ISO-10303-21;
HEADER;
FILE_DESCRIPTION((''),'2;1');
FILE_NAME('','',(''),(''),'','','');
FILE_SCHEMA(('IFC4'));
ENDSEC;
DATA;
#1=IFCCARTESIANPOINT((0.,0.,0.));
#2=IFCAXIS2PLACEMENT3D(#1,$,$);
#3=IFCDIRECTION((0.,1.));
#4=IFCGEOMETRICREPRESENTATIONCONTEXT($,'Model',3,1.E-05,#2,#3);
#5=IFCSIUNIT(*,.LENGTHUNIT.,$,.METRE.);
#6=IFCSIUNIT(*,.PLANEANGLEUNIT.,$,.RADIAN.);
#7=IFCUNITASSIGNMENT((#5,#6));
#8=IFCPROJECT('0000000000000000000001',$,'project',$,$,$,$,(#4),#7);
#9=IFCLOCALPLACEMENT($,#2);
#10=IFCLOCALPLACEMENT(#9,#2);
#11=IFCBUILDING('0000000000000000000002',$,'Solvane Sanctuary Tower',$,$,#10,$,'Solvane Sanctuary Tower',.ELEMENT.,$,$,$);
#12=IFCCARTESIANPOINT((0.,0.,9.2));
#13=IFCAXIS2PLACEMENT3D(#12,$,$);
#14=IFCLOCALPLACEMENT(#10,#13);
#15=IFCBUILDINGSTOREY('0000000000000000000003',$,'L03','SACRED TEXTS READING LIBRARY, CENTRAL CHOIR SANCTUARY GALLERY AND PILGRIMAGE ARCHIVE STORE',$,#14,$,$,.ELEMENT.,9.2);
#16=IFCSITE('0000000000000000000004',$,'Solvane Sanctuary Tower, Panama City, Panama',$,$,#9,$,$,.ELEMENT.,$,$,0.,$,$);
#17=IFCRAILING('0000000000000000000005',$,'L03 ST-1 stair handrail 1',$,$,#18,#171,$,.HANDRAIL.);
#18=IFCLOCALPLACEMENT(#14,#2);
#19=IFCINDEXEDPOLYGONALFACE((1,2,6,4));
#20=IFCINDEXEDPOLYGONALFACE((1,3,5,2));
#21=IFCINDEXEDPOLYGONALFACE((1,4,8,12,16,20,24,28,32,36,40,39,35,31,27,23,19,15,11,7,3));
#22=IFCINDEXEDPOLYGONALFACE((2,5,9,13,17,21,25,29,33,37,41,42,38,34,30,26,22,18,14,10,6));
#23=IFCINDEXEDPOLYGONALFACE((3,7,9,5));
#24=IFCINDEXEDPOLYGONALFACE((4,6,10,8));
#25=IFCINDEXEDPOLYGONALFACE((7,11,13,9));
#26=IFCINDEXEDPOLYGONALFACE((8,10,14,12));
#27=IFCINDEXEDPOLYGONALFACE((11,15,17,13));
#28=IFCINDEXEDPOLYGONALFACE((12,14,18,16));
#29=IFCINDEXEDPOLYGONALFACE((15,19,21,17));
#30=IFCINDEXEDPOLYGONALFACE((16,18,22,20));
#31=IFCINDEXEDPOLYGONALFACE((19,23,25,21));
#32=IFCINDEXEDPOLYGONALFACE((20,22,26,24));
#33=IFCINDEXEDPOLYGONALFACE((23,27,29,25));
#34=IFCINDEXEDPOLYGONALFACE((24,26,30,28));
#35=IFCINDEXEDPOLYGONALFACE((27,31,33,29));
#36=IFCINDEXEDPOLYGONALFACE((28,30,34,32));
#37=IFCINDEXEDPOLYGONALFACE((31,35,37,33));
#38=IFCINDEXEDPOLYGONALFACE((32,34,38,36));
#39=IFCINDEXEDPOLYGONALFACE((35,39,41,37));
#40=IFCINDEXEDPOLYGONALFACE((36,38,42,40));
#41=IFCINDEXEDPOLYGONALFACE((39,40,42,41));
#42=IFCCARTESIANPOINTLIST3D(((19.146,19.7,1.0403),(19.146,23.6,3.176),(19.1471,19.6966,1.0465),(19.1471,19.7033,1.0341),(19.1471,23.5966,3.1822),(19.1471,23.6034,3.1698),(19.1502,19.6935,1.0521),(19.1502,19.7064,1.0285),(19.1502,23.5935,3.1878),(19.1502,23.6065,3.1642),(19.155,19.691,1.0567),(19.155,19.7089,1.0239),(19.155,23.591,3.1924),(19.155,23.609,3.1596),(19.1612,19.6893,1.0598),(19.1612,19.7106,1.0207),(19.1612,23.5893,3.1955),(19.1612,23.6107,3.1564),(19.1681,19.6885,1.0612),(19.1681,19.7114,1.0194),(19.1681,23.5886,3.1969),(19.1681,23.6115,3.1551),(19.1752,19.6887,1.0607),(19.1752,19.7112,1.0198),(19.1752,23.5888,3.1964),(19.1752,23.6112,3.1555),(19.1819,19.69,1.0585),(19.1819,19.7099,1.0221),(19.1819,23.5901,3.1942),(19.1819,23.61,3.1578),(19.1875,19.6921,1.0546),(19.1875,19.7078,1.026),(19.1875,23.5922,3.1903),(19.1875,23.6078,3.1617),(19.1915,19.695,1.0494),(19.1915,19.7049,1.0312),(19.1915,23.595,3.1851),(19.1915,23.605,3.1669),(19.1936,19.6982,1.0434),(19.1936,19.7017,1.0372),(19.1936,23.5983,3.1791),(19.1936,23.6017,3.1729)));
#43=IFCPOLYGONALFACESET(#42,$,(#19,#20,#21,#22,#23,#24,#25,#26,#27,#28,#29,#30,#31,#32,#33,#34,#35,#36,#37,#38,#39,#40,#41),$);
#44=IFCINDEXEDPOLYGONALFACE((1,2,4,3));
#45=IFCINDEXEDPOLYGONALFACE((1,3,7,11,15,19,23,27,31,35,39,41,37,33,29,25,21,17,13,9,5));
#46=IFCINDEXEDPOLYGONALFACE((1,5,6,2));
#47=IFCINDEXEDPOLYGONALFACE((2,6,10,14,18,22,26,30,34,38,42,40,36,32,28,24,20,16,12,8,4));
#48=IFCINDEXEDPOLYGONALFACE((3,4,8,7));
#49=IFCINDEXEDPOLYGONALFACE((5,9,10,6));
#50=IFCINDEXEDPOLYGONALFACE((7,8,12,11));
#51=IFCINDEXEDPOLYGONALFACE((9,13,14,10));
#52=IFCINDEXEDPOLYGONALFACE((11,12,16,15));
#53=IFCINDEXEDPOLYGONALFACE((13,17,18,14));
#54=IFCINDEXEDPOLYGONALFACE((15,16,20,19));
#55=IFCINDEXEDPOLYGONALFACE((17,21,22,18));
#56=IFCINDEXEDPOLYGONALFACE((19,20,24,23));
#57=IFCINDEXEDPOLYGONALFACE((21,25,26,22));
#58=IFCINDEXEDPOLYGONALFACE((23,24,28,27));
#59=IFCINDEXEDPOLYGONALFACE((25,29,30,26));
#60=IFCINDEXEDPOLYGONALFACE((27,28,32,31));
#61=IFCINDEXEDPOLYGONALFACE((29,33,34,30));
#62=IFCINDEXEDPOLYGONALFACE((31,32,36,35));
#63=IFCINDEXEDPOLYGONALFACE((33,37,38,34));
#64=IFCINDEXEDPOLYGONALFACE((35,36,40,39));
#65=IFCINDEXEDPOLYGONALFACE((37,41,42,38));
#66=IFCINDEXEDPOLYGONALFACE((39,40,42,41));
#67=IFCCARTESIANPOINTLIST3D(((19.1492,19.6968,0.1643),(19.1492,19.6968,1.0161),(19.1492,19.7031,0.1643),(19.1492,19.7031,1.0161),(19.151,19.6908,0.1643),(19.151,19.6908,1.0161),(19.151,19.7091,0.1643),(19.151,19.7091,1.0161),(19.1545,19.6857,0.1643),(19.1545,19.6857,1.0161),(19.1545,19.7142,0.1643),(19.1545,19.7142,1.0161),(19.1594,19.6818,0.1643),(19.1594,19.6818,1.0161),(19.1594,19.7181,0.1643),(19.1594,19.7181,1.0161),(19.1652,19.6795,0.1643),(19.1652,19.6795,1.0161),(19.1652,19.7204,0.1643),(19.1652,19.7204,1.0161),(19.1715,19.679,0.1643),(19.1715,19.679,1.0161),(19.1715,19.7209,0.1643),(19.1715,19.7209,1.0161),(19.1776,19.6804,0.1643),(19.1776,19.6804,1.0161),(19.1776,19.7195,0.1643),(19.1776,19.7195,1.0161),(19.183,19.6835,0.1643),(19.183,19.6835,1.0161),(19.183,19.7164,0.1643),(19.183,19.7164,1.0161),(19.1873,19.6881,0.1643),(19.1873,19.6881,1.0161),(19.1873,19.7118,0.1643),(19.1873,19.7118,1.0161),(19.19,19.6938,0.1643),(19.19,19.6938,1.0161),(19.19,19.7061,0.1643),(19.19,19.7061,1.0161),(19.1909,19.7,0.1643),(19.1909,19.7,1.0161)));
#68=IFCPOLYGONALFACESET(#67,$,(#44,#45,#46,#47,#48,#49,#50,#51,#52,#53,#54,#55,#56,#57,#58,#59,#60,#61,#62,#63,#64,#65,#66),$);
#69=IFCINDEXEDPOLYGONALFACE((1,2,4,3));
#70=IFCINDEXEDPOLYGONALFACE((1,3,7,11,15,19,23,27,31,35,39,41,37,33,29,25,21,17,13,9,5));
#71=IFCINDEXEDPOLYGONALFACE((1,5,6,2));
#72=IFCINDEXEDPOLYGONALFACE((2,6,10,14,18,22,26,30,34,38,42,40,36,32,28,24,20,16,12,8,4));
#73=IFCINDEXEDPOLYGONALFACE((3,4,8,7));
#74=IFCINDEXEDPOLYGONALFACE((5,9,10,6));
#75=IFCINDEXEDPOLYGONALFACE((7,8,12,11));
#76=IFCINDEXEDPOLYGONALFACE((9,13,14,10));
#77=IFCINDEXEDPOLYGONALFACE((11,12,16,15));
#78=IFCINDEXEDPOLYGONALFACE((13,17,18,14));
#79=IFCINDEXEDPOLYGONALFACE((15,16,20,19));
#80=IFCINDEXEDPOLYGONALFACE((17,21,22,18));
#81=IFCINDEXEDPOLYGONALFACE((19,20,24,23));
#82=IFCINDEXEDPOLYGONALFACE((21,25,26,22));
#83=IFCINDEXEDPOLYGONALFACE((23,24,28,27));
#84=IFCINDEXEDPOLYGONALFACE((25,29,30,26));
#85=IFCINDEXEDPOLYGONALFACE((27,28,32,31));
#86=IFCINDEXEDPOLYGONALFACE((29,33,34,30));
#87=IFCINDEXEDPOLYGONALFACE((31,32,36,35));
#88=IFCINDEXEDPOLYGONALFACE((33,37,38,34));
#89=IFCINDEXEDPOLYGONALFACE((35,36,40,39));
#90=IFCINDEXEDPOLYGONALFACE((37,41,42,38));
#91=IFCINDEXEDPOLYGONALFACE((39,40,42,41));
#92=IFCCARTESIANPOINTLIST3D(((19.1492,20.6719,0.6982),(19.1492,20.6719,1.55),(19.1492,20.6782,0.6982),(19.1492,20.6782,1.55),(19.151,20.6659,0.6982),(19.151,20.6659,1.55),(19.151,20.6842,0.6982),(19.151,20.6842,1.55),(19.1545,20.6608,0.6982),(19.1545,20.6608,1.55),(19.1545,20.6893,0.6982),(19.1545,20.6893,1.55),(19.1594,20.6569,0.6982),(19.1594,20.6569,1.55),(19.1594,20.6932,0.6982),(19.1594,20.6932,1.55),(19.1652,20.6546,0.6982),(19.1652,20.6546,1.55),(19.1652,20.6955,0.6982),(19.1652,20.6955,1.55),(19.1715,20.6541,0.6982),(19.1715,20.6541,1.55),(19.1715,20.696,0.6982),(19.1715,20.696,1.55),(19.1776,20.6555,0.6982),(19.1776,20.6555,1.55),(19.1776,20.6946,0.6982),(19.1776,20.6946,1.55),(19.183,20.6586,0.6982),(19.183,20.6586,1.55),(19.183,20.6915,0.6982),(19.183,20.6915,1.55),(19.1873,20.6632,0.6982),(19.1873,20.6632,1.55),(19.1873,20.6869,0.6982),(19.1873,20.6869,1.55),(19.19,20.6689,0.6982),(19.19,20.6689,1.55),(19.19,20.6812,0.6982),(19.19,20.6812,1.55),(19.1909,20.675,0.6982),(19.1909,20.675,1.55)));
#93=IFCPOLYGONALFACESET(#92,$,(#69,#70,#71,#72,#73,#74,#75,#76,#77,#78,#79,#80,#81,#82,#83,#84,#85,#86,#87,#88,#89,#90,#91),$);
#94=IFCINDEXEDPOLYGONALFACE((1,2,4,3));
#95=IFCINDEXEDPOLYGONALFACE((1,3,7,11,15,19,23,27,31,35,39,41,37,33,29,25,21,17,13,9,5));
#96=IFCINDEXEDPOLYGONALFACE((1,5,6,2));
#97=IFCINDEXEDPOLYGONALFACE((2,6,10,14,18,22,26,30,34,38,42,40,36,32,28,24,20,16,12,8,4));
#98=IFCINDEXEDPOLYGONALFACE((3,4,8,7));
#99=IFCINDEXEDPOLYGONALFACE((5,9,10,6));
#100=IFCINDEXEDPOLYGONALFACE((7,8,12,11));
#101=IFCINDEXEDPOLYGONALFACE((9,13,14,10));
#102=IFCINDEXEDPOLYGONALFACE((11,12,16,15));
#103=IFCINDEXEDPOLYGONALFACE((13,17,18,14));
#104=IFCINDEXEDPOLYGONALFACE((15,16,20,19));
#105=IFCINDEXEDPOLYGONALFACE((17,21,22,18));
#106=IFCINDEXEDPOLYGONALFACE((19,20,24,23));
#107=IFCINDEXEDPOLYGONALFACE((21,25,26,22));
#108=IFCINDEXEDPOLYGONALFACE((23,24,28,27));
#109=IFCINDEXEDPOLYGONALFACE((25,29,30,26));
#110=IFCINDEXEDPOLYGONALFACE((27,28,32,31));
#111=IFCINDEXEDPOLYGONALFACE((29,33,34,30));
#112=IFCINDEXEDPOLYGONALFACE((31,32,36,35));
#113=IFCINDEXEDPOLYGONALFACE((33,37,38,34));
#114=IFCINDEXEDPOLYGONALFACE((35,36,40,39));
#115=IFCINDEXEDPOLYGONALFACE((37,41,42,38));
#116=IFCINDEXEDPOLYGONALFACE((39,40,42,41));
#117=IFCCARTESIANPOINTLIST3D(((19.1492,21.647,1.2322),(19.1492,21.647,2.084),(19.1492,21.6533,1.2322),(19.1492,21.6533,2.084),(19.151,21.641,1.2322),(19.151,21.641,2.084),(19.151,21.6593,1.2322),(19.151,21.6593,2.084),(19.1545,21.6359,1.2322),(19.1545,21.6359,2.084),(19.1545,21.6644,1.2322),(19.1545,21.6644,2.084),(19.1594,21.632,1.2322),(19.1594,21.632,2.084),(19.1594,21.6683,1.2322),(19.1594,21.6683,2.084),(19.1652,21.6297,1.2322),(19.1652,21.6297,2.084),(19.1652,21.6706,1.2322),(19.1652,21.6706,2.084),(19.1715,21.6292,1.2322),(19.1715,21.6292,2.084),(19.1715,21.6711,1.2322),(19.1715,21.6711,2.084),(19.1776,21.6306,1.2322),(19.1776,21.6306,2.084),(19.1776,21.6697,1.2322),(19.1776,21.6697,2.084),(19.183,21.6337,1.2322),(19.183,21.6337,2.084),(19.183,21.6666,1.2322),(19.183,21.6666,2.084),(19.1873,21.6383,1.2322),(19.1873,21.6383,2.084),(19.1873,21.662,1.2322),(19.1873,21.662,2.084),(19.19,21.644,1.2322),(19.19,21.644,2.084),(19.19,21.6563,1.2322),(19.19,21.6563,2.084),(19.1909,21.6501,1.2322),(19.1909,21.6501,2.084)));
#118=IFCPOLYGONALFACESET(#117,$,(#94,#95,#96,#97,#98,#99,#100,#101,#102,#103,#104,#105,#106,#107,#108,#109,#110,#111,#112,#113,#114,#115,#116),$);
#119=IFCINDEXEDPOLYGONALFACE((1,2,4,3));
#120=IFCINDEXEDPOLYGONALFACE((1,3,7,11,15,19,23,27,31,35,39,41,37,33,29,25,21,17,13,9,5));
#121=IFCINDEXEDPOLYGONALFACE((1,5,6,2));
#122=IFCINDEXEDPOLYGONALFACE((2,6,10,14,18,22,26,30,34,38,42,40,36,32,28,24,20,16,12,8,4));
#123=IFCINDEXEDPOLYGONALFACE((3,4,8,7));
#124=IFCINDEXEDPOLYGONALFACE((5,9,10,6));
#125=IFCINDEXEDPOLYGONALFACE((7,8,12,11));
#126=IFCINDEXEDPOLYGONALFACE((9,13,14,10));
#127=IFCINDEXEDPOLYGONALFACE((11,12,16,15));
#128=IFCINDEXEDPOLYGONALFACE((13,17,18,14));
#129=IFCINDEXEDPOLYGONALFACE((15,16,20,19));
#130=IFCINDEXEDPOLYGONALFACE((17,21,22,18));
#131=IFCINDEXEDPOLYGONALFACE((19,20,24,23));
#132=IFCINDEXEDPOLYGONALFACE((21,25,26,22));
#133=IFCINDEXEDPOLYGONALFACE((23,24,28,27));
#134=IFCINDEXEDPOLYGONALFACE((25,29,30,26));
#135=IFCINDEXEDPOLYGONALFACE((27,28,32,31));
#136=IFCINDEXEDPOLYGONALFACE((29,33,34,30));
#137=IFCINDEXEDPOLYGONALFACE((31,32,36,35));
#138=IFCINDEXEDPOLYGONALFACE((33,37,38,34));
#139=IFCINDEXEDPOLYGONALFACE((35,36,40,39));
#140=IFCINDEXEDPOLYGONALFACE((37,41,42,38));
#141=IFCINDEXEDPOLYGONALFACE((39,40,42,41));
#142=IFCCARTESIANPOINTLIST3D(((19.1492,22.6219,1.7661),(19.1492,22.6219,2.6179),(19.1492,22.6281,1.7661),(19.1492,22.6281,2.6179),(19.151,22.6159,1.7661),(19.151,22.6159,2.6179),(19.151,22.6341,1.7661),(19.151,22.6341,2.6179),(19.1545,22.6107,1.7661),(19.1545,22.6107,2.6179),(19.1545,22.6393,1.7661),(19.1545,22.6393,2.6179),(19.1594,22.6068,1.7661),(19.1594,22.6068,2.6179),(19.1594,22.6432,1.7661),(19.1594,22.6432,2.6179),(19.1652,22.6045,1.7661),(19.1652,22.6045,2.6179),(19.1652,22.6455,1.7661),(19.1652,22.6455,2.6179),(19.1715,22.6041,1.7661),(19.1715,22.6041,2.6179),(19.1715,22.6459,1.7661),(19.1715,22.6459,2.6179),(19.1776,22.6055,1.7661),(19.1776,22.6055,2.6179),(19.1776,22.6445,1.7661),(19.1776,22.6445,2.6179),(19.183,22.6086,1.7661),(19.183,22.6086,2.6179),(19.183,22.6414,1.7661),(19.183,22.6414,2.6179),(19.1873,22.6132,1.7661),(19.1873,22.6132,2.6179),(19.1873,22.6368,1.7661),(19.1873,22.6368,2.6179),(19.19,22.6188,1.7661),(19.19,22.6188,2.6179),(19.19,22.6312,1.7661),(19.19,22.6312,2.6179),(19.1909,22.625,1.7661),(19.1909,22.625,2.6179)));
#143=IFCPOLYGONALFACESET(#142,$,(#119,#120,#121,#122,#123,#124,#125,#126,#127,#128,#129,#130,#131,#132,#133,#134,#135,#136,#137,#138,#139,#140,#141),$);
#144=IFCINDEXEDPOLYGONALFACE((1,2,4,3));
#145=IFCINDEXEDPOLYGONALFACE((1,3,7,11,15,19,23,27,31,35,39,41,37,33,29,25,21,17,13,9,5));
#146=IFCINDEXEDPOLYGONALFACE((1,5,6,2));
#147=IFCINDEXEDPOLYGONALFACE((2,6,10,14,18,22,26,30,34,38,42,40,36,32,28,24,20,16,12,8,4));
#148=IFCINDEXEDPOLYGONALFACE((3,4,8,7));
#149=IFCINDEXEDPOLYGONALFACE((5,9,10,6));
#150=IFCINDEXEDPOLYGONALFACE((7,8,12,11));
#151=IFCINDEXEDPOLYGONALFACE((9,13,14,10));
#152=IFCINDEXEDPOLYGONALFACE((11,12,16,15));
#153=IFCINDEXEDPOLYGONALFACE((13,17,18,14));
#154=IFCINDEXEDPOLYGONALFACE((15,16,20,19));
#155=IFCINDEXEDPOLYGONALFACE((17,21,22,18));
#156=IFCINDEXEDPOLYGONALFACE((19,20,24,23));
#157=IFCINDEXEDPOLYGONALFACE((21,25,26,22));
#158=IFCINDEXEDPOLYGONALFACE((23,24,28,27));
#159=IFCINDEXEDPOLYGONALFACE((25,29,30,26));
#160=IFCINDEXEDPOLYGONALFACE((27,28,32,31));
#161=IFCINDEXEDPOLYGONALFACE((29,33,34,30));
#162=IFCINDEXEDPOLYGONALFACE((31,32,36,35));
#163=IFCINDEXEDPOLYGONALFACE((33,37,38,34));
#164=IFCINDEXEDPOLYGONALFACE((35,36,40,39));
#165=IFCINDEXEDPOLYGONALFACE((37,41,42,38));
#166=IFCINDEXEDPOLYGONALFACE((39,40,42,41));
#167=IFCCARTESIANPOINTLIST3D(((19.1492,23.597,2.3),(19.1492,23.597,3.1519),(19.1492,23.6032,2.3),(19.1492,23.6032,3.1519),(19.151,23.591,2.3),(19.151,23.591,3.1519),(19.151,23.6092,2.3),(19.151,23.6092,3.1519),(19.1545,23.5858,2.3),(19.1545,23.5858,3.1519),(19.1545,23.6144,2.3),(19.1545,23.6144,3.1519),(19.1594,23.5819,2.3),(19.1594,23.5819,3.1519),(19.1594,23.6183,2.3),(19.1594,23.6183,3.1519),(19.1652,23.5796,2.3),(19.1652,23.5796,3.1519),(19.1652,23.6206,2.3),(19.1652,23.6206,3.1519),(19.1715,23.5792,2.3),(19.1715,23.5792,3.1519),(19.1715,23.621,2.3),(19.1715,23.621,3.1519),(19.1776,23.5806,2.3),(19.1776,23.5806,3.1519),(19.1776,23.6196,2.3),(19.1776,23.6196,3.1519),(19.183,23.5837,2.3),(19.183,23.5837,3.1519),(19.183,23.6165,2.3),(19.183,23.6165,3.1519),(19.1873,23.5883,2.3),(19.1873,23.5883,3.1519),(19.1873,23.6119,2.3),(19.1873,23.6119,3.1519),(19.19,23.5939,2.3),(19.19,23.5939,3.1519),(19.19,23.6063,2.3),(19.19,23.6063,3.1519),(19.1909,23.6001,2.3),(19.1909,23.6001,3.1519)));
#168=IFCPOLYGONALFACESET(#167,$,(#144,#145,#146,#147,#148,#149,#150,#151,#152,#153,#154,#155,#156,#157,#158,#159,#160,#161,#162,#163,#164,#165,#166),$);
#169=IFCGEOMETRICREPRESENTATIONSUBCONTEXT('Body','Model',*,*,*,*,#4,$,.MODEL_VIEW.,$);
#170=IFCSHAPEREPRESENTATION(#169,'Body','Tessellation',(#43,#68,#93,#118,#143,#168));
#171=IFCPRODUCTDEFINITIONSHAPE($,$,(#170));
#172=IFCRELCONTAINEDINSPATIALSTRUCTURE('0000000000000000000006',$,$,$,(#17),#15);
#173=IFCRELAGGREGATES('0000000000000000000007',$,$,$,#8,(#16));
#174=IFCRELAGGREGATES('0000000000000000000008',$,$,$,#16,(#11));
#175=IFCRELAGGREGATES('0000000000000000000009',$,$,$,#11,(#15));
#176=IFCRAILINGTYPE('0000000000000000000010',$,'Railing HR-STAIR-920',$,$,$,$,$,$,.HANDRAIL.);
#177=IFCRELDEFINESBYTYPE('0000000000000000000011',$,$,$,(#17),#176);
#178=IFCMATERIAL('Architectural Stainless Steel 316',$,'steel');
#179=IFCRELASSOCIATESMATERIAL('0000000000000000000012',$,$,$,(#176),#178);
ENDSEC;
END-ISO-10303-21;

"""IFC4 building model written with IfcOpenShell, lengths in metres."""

from ifc_helpers import new_model, si_unit, direction, frame, origin, origin_2d, place, context, subcontext, project, spatial, circle, extrude, material, type_object, element, save


model = new_model("IFC4")

# Units and contexts
model_context = context("Model", 3, precision=1e-05, world=origin(), true_north=direction((0.0, 1.0)))
body_context = subcontext(model_context, "Body", "Model", "MODEL_VIEW")
ifc_project = project(units=[si_unit("LENGTHUNIT", "METRE"), si_unit("PLANEANGLEUNIT", "RADIAN")], contexts=[model_context])

# Site, building, storey
site_placement = place(None, origin())
site = spatial("IfcSite", under=ifc_project, at=site_placement, Name="Solvane Sanctuary Tower, Panama City, Panama", CompositionType="ELEMENT", RefElevation=0.0)
building_placement = place(site_placement, origin())
building = spatial("IfcBuilding", under=site, at=building_placement, Name="Solvane Sanctuary Tower", LongName="Solvane Sanctuary Tower", CompositionType="ELEMENT")
storey_placement = place(building_placement, frame((0.0, 0.0, 9.2)))
storey = spatial("IfcBuildingStorey", under=building, at=storey_placement, Name="L03", Description="SACRED TEXTS READING LIBRARY, CENTRAL CHOIR SANCTUARY GALLERY AND PILGRIMAGE ARCHIVE STORE", CompositionType="ELEMENT", Elevation=9.2)

# Railing
ifc_material_1 = material(Name="Architectural Stainless Steel 316", Category="steel")
railing_type_1 = type_object("IfcRailingType", Name="Railing HR-STAIR-920", PredefinedType="HANDRAIL", material=ifc_material_1)
railing_1_placement = place(storey_placement, frame((19.1699, 19.7, 0.1643)))
element("IfcRailing", 1, at=railing_1_placement, inside=storey, type_object=railing_type_1, Name="L03 ST-1 stair handrail 1", PredefinedType="HANDRAIL", context=body_context, shape_type="SweptSolid", body=[
    extrude(circle(Radius=0.0239, at=origin_2d()), frame((0.0, 0.0, 0.876), z_axis=(0.0, 0.877101, 0.480306), x_axis=(-1.0, 0.0, 0.0)), (0.0, 0.0, 1.0), 4.4465),
    extrude(circle(Radius=0.021, at=origin_2d()), origin(), (0.0, 0.0, 1.0), 0.8518),
    extrude(circle(Radius=0.021, at=origin_2d()), frame((0.0, 0.9751, 0.5339)), (0.0, 0.0, 1.0), 0.8518),
    extrude(circle(Radius=0.021, at=origin_2d()), frame((0.0, 1.9502, 1.0679)), (0.0, 0.0, 1.0), 0.8518),
    extrude(circle(Radius=0.021, at=origin_2d()), frame((0.0, 2.925, 1.6018)), (0.0, 0.0, 1.0), 0.8518),
    extrude(circle(Radius=0.021, at=origin_2d()), frame((0.0, 3.9001, 2.1357)), (0.0, 0.0, 1.0), 0.8518),
])

save(model, "model.ifc")
